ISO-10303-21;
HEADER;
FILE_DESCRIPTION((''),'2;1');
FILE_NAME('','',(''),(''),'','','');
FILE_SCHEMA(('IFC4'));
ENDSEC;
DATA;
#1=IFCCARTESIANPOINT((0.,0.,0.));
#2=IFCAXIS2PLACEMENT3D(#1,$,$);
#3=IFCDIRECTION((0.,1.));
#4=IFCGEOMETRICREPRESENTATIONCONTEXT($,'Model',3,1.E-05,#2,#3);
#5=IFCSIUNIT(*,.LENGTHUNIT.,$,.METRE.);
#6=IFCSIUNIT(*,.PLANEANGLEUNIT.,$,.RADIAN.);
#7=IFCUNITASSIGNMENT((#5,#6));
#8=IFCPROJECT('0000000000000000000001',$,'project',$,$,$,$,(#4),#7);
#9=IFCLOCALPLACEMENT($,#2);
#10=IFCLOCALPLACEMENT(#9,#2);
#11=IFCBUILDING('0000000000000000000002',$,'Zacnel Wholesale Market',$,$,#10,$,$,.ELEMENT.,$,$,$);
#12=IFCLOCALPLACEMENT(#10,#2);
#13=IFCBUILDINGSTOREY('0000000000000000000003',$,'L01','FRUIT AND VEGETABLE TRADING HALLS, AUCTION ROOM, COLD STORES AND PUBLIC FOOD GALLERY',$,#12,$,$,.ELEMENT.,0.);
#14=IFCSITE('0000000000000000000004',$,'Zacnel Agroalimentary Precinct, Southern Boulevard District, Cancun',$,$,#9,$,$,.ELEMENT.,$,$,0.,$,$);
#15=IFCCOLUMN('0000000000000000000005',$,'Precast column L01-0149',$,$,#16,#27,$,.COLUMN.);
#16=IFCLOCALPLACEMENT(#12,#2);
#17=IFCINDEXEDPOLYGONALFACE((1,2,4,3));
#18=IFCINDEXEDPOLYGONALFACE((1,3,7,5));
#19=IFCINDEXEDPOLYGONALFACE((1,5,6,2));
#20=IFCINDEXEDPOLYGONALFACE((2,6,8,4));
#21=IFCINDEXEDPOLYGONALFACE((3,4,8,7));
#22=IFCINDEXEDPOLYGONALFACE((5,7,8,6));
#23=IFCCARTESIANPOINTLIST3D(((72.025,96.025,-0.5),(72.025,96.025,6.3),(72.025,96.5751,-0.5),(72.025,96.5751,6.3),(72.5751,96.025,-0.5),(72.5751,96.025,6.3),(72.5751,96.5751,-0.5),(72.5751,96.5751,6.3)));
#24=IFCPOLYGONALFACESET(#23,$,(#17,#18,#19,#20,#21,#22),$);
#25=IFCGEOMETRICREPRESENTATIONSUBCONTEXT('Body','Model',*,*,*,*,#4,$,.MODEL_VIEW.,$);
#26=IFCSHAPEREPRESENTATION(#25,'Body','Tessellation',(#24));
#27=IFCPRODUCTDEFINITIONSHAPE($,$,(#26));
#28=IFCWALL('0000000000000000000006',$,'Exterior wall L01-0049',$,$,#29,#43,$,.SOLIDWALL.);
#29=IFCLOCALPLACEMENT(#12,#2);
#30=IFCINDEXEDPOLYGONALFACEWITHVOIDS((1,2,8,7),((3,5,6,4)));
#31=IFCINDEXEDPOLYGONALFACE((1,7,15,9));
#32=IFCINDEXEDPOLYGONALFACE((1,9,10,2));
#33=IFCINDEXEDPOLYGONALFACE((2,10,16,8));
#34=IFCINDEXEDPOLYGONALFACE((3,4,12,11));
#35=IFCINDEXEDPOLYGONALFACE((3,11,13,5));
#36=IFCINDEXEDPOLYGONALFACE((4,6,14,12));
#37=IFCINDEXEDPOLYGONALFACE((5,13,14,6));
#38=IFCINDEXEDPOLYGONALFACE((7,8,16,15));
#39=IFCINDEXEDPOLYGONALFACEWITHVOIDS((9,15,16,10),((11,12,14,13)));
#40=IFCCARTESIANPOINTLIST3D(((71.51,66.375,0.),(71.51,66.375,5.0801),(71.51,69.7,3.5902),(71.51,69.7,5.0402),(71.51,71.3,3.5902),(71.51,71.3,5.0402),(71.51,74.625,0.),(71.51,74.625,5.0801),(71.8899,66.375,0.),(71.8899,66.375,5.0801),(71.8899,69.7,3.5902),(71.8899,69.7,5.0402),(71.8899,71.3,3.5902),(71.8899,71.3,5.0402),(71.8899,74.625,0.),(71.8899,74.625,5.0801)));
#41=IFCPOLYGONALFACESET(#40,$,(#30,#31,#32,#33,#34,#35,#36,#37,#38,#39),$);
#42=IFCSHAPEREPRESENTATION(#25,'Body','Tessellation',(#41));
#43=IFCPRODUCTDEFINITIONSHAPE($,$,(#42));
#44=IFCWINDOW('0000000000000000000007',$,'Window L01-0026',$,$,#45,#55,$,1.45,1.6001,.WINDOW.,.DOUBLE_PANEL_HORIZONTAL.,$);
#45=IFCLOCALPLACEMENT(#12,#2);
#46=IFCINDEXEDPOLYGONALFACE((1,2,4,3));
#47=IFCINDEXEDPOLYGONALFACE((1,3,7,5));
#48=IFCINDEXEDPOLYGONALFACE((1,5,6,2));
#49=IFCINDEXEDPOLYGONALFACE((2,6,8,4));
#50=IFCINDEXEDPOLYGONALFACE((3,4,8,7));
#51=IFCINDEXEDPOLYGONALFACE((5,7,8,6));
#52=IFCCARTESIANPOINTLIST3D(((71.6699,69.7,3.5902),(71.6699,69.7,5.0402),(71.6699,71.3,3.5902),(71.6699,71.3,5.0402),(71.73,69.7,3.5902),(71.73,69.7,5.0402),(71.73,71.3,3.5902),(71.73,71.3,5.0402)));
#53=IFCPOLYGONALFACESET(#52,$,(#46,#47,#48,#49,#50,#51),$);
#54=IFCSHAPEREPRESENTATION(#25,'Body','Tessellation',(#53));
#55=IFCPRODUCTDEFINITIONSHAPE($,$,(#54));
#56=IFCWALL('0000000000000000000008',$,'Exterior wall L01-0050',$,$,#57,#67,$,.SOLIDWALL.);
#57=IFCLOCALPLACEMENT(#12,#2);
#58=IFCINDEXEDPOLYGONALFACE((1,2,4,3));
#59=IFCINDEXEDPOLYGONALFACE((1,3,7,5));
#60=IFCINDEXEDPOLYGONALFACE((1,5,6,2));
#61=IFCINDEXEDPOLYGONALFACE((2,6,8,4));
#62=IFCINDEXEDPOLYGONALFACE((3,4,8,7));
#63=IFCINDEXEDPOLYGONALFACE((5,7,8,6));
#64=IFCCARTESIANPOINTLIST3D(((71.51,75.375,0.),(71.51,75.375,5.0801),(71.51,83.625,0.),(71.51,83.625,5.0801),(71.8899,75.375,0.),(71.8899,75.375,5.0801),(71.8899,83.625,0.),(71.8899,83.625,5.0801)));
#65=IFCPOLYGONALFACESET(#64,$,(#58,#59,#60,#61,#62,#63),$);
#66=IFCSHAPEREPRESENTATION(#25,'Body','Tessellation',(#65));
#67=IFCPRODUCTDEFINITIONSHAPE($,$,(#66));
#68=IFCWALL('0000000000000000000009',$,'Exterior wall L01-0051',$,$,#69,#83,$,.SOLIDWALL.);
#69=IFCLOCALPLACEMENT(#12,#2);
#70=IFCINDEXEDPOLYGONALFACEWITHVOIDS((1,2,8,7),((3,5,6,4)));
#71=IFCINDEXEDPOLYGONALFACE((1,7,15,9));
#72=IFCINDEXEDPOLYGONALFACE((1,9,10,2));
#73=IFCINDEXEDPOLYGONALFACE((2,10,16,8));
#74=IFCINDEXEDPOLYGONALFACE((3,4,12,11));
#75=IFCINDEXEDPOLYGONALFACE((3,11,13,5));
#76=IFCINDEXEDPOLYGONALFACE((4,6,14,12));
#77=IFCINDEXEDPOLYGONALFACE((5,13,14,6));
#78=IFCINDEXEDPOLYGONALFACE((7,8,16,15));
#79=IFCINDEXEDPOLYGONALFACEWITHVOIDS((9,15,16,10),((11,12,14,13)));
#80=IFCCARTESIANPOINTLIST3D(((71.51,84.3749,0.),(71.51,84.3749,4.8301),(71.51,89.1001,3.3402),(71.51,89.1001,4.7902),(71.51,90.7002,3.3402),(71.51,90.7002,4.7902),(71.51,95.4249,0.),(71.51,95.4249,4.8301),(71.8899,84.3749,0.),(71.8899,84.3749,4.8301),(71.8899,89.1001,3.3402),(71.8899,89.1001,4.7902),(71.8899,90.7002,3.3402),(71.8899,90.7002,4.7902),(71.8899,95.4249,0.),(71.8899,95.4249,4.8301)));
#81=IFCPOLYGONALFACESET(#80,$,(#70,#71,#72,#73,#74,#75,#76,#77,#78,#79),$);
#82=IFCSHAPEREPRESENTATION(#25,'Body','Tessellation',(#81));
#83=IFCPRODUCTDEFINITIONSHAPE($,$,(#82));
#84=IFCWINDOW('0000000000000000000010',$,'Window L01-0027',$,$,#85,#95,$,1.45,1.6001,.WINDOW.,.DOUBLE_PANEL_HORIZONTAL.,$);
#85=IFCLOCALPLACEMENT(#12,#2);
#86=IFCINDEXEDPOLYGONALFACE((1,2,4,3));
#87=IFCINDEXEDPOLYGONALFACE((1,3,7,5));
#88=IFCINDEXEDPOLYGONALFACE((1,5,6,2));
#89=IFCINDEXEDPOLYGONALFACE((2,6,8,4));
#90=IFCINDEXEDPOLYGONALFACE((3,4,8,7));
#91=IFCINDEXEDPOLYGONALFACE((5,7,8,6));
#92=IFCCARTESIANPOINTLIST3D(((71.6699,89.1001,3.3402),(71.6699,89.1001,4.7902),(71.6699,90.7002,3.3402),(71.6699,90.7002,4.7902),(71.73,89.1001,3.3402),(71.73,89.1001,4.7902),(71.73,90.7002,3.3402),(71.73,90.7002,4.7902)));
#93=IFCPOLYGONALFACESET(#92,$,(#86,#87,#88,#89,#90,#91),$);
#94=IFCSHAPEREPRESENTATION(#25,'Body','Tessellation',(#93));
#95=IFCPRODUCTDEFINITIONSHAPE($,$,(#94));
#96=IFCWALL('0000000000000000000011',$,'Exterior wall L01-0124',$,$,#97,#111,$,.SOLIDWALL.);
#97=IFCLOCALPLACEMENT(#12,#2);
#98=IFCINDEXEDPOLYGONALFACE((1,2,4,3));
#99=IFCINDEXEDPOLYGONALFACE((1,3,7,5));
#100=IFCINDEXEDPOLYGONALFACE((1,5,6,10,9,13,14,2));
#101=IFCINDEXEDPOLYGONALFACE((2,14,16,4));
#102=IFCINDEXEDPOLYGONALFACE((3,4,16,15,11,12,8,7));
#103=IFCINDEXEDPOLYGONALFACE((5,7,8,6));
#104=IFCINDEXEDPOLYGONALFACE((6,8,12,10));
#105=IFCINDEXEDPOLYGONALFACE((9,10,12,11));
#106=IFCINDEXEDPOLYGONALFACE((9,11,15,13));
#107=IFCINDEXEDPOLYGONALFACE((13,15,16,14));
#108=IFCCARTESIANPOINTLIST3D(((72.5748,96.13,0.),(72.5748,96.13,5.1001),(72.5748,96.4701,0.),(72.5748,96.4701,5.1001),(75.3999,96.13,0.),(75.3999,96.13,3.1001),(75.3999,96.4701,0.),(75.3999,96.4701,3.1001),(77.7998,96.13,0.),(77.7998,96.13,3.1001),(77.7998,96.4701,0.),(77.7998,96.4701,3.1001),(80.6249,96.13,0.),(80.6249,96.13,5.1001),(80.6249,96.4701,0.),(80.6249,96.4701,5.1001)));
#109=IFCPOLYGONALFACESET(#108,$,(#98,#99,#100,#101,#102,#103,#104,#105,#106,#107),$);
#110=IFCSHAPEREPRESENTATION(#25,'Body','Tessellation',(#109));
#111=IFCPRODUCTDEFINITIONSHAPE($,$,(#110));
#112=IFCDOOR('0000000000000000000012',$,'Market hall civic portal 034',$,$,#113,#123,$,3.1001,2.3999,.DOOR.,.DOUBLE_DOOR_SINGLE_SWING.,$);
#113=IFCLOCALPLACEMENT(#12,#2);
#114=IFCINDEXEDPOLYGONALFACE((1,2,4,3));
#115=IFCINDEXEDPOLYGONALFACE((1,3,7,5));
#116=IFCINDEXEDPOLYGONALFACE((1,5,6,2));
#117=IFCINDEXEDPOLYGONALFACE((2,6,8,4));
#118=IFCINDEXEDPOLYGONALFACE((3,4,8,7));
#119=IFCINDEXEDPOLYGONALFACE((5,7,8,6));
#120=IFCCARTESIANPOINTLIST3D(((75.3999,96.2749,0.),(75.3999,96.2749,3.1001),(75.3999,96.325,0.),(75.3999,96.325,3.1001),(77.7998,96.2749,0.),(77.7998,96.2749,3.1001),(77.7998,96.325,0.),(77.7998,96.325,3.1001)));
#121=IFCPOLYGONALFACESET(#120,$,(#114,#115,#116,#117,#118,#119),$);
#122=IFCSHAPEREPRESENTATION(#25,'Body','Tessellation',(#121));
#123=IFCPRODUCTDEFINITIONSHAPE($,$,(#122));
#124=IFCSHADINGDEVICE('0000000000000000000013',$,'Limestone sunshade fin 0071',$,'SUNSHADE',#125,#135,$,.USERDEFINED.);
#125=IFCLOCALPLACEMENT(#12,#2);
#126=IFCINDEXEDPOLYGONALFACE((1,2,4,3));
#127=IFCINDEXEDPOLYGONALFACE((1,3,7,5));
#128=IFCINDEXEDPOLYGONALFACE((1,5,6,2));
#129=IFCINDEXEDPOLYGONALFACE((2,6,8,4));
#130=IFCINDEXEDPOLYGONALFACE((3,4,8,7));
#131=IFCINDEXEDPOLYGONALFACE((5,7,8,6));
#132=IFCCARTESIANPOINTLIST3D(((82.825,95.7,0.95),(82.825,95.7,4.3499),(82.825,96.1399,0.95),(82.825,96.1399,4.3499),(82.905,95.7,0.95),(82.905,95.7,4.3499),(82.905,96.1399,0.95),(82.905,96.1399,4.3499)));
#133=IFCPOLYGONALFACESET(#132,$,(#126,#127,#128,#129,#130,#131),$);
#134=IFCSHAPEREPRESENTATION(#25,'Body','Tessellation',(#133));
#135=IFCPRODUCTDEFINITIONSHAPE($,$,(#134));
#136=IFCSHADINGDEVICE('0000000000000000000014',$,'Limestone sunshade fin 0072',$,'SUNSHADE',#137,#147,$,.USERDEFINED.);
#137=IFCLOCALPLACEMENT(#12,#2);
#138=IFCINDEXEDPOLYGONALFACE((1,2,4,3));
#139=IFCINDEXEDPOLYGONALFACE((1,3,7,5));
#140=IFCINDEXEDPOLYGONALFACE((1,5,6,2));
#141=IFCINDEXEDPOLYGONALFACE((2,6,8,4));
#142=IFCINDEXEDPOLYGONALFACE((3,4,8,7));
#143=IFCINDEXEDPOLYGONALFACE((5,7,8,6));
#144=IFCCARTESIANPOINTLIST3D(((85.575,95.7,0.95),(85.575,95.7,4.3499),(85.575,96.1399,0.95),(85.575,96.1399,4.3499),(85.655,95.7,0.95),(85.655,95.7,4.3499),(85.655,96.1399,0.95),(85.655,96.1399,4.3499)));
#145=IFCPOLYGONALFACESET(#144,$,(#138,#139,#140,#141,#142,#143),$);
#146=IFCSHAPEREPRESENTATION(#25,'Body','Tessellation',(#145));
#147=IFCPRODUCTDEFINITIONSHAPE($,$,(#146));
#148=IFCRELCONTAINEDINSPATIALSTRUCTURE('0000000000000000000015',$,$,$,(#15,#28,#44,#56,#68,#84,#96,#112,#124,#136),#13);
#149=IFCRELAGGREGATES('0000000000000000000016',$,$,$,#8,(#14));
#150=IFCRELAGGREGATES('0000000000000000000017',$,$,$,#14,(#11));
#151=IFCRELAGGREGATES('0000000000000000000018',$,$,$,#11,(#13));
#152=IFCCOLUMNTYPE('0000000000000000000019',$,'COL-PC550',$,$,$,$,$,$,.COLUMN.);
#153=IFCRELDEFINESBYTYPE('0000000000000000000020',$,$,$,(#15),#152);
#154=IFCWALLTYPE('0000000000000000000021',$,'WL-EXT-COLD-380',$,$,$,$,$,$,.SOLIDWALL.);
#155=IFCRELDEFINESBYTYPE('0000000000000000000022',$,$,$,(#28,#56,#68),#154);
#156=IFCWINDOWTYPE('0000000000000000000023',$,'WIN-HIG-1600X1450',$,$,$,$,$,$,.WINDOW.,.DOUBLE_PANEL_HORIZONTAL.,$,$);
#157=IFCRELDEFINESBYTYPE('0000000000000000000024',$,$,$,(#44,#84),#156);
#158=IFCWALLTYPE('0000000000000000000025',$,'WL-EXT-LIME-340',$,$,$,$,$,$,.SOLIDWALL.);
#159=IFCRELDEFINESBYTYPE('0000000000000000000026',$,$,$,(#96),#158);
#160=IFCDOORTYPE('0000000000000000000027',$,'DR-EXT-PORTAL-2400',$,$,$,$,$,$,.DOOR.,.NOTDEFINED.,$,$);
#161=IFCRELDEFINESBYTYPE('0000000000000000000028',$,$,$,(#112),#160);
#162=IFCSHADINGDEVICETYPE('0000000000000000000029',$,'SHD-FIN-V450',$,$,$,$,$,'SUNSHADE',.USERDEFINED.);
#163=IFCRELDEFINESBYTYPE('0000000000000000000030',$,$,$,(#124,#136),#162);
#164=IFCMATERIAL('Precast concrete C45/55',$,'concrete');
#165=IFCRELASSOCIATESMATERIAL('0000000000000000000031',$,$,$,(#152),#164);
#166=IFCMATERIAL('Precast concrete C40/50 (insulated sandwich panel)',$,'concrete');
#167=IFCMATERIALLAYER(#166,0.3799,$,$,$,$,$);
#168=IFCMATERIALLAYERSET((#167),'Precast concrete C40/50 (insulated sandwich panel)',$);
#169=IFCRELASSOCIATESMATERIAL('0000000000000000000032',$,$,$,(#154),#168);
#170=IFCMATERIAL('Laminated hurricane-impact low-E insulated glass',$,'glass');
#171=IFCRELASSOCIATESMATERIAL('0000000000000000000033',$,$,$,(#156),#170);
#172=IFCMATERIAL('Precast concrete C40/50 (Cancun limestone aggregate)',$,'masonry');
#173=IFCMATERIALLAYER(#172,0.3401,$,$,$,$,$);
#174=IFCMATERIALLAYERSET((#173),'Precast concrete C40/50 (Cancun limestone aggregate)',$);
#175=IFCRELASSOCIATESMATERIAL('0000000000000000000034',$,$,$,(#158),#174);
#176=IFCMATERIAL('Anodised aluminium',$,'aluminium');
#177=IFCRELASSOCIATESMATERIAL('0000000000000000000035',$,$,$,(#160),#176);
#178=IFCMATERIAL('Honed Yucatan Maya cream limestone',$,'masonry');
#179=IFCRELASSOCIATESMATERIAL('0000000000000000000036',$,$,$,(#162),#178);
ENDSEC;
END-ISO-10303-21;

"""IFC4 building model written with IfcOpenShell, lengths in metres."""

from ifc_helpers import new_model, si_unit, direction, frame, frame_2d, origin, origin_2d, place, context, subcontext, project, spatial, rectangle, extrude, material, layer, layer_set, material_profile, profile_set, type_object, element, fill, save


model = new_model("IFC4")

# Units and contexts
model_context = context("Model", 3, precision=1e-05, world=origin(), true_north=direction((0.0, 1.0)))
body_context = subcontext(model_context, "Body", "Model", "MODEL_VIEW")
ifc_project = project(units=[si_unit("LENGTHUNIT", "METRE"), si_unit("PLANEANGLEUNIT", "RADIAN")], contexts=[model_context])

# Site, building, storey
site_placement = place(None, origin())
site = spatial("IfcSite", under=ifc_project, at=site_placement, Name="Zacnel Agroalimentary Precinct, Southern Boulevard District, Cancun", CompositionType="ELEMENT", RefElevation=0.0)
building_placement = place(site_placement, origin())
building = spatial("IfcBuilding", under=site, at=building_placement, Name="Zacnel Wholesale Market", CompositionType="ELEMENT")
storey_placement = place(building_placement, origin())
storey = spatial("IfcBuildingStorey", under=building, at=storey_placement, Name="L01", Description="FRUIT AND VEGETABLE TRADING HALLS, AUCTION ROOM, COLD STORES AND PUBLIC FOOD GALLERY", CompositionType="ELEMENT", Elevation=0.0)

# Column
ifc_material_1 = material(Name="Precast concrete C45/55", Category="concrete")
ifc_material_profile_1 = material_profile(ifc_material_1, rectangle(XDim=0.55, YDim=0.55, at=origin_2d()), Name="PC 550x550")
ifc_profile_set_1 = profile_set([ifc_material_profile_1], Name="Precast concrete C45/55")
column_type_1 = type_object("IfcColumnType", Name="COL-PC550", PredefinedType="COLUMN", material=ifc_profile_set_1)
for number, where, z_axis, x_axis, name in (
    (1, (72.3, 96.3, -0.5), (0.0, 0.0, 1.0), (1.0, 0.0, 0.0), "Precast column L01-0149"),
):
    element("IfcColumn", number, at=place(storey_placement, frame(where, z_axis=z_axis, x_axis=x_axis)), inside=storey, type_object=column_type_1, Name=name, PredefinedType="COLUMN", context=body_context, shape_type="SweptSolid", body=[
        extrude(rectangle(XDim=0.55, YDim=0.55, at=origin_2d()), origin(), (0.0, 0.0, 1.0), 6.8),
    ])

# Wall, opening, window
ifc_material_2 = material(Name="Precast concrete C40/50 (insulated sandwich panel)", Category="concrete")
ifc_layer_1 = layer(ifc_material_2, 0.3799)
ifc_layer_set_1 = layer_set([ifc_layer_1], Name="Precast concrete C40/50 (insulated sandwich panel)")
wall_type_1 = type_object("IfcWallType", Name="WL-EXT-COLD-380", PredefinedType="SOLIDWALL", material=ifc_layer_set_1)
wall_1_placement = place(storey_placement, frame((71.7, 66.375, 0.0), z_axis=(0.0, 0.0, 1.0), x_axis=(0.0, 1.0, 0.0)))
wall_1 = element("IfcWall", 2, at=wall_1_placement, inside=storey, type_object=wall_type_1, Name="Exterior wall L01-0049", PredefinedType="SOLIDWALL", context=body_context, shape_type="SweptSolid", body=[
    extrude(rectangle(XDim=8.25, YDim=0.3799, at=frame_2d((4.125, 0.0))), origin(), (0.0, 0.0, 1.0), 5.0801),
])
opening_1_placement = place(wall_1_placement, frame((3.325, 0.0, 3.5901)))
opening_1 = element("IfcOpeningElement", 3, at=opening_1_placement, cuts=wall_1, PredefinedType="OPENING", context=body_context, shape_type="SweptSolid", body=[
    extrude(rectangle(XDim=1.6001, YDim=1.45, at=frame_2d((0.8, 0.7251))), frame((0.0, 0.2, 0.0), z_axis=(0.0, -1.0, 0.0), x_axis=(1.0, 0.0, 0.0)), (0.0, 0.0, 1.0), 0.3999),
])
ifc_material_3 = material(Name="Laminated hurricane-impact low-E insulated glass", Category="glass")
window_type = type_object("IfcWindowType", Name="WIN-HIG-1600X1450", PartitioningType="DOUBLE_PANEL_HORIZONTAL", PredefinedType="WINDOW", material=ifc_material_3)
window_1_placement = place(opening_1_placement, origin())
window_1 = element("IfcWindow", 4, at=window_1_placement, inside=storey, type_object=window_type, Name="Window L01-0026", OverallHeight=1.45, OverallWidth=1.6001, PartitioningType="DOUBLE_PANEL_HORIZONTAL", PredefinedType="WINDOW", context=body_context, shape_type="SweptSolid", body=[
    extrude(rectangle(XDim=1.6001, YDim=1.45, at=frame_2d((0.8, 0.7251))), frame((0.0, 0.03, 0.0), z_axis=(0.0, -1.0, 0.0), x_axis=(1.0, 0.0, 0.0)), (0.0, 0.0, 1.0), 0.0601),
])
fill(opening_1, window_1)

# Wall
wall_2_placement = place(storey_placement, frame((71.7, 75.375, 0.0), z_axis=(0.0, 0.0, 1.0), x_axis=(0.0, 1.0, 0.0)))
element("IfcWall", 5, at=wall_2_placement, inside=storey, type_object=wall_type_1, Name="Exterior wall L01-0050", PredefinedType="SOLIDWALL", context=body_context, shape_type="SweptSolid", body=[
    extrude(rectangle(XDim=8.25, YDim=0.3799, at=frame_2d((4.125, 0.0))), origin(), (0.0, 0.0, 1.0), 5.0801),
])

# Wall, opening, window
wall_3_placement = place(storey_placement, frame((71.7, 84.375, 0.0), z_axis=(0.0, 0.0, 1.0), x_axis=(0.0, 1.0, 0.0)))
wall_3 = element("IfcWall", 6, at=wall_3_placement, inside=storey, type_object=wall_type_1, Name="Exterior wall L01-0051", PredefinedType="SOLIDWALL", context=body_context, shape_type="SweptSolid", body=[
    extrude(rectangle(XDim=11.05, YDim=0.3799, at=frame_2d((5.5249, 0.0))), origin(), (0.0, 0.0, 1.0), 4.8301),
])
opening_2_placement = place(wall_3_placement, frame((4.7251, 0.0, 3.3401)))
opening_2 = element("IfcOpeningElement", 7, at=opening_2_placement, cuts=wall_3, PredefinedType="OPENING", context=body_context, shape_type="SweptSolid", body=[
    extrude(rectangle(XDim=1.6001, YDim=1.45, at=frame_2d((0.8, 0.7251))), frame((0.0, 0.2, 0.0), z_axis=(0.0, -1.0, 0.0), x_axis=(1.0, 0.0, 0.0)), (0.0, 0.0, 1.0), 0.3999),
])
window_2_placement = place(opening_2_placement, origin())
window_2 = element("IfcWindow", 8, at=window_2_placement, inside=storey, type_object=window_type, Name="Window L01-0027", OverallHeight=1.45, OverallWidth=1.6001, PartitioningType="DOUBLE_PANEL_HORIZONTAL", PredefinedType="WINDOW", context=body_context, shape_type="SweptSolid", body=[
    extrude(rectangle(XDim=1.6001, YDim=1.45, at=frame_2d((0.8, 0.7251))), frame((0.0, 0.03, 0.0), z_axis=(0.0, -1.0, 0.0), x_axis=(1.0, 0.0, 0.0)), (0.0, 0.0, 1.0), 0.0601),
])
fill(opening_2, window_2)

# Wall, opening, door
ifc_material_4 = material(Name="Precast concrete C40/50 (Cancun limestone aggregate)", Category="masonry")
ifc_layer_2 = layer(ifc_material_4, 0.3401)
ifc_layer_set_2 = layer_set([ifc_layer_2], Name="Precast concrete C40/50 (Cancun limestone aggregate)")
wall_type_2 = type_object("IfcWallType", Name="WL-EXT-LIME-340", PredefinedType="SOLIDWALL", material=ifc_layer_set_2)
wall_4_placement = place(storey_placement, frame((72.575, 96.3, 0.0), z_axis=(0.0, 0.0, 1.0), x_axis=(1.0, 0.0, 0.0)))
wall_4 = element("IfcWall", 9, at=wall_4_placement, inside=storey, type_object=wall_type_2, Name="Exterior wall L01-0124", PredefinedType="SOLIDWALL", context=body_context, shape_type="SweptSolid", body=[
    extrude(rectangle(XDim=8.05, YDim=0.3401, at=frame_2d((4.0249, 0.0))), origin(), (0.0, 0.0, 1.0), 5.1001),
])
opening_3_placement = place(wall_4_placement, frame((2.825, 0.0, 0.0)))
opening_3 = element("IfcOpeningElement", 10, at=opening_3_placement, cuts=wall_4, PredefinedType="OPENING", context=body_context, shape_type="SweptSolid", body=[
    extrude(rectangle(XDim=2.3999, YDim=3.1001, at=frame_2d((1.2, 1.55))), frame((0.0, 0.1799, 0.0), z_axis=(0.0, -1.0, 0.0), x_axis=(1.0, 0.0, 0.0)), (0.0, 0.0, 1.0), 0.3601),
])
ifc_material_5 = material(Name="Anodised aluminium", Category="aluminium")
door_type = type_object("IfcDoorType", Name="DR-EXT-PORTAL-2400", OperationType="NOTDEFINED", PredefinedType="DOOR", material=ifc_material_5)
door_placement = place(opening_3_placement, origin())
door = element("IfcDoor", 11, at=door_placement, inside=storey, type_object=door_type, Name="Market hall civic portal 034", OperationType="DOUBLE_DOOR_SINGLE_SWING", OverallHeight=3.1001, OverallWidth=2.3999, PredefinedType="DOOR", context=body_context, shape_type="SweptSolid", body=[
    extrude(rectangle(XDim=2.3999, YDim=3.1001, at=frame_2d((1.2, 1.55))), frame((0.0, 0.0249, 0.0), z_axis=(0.0, -1.0, 0.0), x_axis=(1.0, 0.0, 0.0)), (0.0, 0.0, 1.0), 0.05),
])
fill(opening_3, door)

# Shading devices
ifc_material_6 = material(Name="Honed Yucatan Maya cream limestone", Category="masonry")
shading_device_type = type_object("IfcShadingDeviceType", Name="SHD-FIN-V450", ElementType="SUNSHADE", PredefinedType="USERDEFINED", material=ifc_material_6)
for number, where, z_axis, x_axis, name in (
    (12, (82.865, 95.9199, 0.95), (0.0, 0.0, 1.0), (1.0, 0.0, 0.0), "Limestone sunshade fin 0071"),
    (13, (85.615, 95.9199, 0.95), (0.0, 0.0, 1.0), (1.0, 0.0, 0.0), "Limestone sunshade fin 0072"),
):
    element("IfcShadingDevice", number, at=place(storey_placement, frame(where, z_axis=z_axis, x_axis=x_axis)), inside=storey, type_object=shading_device_type, Name=name, ObjectType="SUNSHADE", PredefinedType="USERDEFINED", context=body_context, shape_type="SweptSolid", body=[
        extrude(rectangle(XDim=0.0801, YDim=0.4399, at=origin_2d()), origin(), (0.0, 0.0, 1.0), 3.3999),
    ])

save(model, "model.ifc")
